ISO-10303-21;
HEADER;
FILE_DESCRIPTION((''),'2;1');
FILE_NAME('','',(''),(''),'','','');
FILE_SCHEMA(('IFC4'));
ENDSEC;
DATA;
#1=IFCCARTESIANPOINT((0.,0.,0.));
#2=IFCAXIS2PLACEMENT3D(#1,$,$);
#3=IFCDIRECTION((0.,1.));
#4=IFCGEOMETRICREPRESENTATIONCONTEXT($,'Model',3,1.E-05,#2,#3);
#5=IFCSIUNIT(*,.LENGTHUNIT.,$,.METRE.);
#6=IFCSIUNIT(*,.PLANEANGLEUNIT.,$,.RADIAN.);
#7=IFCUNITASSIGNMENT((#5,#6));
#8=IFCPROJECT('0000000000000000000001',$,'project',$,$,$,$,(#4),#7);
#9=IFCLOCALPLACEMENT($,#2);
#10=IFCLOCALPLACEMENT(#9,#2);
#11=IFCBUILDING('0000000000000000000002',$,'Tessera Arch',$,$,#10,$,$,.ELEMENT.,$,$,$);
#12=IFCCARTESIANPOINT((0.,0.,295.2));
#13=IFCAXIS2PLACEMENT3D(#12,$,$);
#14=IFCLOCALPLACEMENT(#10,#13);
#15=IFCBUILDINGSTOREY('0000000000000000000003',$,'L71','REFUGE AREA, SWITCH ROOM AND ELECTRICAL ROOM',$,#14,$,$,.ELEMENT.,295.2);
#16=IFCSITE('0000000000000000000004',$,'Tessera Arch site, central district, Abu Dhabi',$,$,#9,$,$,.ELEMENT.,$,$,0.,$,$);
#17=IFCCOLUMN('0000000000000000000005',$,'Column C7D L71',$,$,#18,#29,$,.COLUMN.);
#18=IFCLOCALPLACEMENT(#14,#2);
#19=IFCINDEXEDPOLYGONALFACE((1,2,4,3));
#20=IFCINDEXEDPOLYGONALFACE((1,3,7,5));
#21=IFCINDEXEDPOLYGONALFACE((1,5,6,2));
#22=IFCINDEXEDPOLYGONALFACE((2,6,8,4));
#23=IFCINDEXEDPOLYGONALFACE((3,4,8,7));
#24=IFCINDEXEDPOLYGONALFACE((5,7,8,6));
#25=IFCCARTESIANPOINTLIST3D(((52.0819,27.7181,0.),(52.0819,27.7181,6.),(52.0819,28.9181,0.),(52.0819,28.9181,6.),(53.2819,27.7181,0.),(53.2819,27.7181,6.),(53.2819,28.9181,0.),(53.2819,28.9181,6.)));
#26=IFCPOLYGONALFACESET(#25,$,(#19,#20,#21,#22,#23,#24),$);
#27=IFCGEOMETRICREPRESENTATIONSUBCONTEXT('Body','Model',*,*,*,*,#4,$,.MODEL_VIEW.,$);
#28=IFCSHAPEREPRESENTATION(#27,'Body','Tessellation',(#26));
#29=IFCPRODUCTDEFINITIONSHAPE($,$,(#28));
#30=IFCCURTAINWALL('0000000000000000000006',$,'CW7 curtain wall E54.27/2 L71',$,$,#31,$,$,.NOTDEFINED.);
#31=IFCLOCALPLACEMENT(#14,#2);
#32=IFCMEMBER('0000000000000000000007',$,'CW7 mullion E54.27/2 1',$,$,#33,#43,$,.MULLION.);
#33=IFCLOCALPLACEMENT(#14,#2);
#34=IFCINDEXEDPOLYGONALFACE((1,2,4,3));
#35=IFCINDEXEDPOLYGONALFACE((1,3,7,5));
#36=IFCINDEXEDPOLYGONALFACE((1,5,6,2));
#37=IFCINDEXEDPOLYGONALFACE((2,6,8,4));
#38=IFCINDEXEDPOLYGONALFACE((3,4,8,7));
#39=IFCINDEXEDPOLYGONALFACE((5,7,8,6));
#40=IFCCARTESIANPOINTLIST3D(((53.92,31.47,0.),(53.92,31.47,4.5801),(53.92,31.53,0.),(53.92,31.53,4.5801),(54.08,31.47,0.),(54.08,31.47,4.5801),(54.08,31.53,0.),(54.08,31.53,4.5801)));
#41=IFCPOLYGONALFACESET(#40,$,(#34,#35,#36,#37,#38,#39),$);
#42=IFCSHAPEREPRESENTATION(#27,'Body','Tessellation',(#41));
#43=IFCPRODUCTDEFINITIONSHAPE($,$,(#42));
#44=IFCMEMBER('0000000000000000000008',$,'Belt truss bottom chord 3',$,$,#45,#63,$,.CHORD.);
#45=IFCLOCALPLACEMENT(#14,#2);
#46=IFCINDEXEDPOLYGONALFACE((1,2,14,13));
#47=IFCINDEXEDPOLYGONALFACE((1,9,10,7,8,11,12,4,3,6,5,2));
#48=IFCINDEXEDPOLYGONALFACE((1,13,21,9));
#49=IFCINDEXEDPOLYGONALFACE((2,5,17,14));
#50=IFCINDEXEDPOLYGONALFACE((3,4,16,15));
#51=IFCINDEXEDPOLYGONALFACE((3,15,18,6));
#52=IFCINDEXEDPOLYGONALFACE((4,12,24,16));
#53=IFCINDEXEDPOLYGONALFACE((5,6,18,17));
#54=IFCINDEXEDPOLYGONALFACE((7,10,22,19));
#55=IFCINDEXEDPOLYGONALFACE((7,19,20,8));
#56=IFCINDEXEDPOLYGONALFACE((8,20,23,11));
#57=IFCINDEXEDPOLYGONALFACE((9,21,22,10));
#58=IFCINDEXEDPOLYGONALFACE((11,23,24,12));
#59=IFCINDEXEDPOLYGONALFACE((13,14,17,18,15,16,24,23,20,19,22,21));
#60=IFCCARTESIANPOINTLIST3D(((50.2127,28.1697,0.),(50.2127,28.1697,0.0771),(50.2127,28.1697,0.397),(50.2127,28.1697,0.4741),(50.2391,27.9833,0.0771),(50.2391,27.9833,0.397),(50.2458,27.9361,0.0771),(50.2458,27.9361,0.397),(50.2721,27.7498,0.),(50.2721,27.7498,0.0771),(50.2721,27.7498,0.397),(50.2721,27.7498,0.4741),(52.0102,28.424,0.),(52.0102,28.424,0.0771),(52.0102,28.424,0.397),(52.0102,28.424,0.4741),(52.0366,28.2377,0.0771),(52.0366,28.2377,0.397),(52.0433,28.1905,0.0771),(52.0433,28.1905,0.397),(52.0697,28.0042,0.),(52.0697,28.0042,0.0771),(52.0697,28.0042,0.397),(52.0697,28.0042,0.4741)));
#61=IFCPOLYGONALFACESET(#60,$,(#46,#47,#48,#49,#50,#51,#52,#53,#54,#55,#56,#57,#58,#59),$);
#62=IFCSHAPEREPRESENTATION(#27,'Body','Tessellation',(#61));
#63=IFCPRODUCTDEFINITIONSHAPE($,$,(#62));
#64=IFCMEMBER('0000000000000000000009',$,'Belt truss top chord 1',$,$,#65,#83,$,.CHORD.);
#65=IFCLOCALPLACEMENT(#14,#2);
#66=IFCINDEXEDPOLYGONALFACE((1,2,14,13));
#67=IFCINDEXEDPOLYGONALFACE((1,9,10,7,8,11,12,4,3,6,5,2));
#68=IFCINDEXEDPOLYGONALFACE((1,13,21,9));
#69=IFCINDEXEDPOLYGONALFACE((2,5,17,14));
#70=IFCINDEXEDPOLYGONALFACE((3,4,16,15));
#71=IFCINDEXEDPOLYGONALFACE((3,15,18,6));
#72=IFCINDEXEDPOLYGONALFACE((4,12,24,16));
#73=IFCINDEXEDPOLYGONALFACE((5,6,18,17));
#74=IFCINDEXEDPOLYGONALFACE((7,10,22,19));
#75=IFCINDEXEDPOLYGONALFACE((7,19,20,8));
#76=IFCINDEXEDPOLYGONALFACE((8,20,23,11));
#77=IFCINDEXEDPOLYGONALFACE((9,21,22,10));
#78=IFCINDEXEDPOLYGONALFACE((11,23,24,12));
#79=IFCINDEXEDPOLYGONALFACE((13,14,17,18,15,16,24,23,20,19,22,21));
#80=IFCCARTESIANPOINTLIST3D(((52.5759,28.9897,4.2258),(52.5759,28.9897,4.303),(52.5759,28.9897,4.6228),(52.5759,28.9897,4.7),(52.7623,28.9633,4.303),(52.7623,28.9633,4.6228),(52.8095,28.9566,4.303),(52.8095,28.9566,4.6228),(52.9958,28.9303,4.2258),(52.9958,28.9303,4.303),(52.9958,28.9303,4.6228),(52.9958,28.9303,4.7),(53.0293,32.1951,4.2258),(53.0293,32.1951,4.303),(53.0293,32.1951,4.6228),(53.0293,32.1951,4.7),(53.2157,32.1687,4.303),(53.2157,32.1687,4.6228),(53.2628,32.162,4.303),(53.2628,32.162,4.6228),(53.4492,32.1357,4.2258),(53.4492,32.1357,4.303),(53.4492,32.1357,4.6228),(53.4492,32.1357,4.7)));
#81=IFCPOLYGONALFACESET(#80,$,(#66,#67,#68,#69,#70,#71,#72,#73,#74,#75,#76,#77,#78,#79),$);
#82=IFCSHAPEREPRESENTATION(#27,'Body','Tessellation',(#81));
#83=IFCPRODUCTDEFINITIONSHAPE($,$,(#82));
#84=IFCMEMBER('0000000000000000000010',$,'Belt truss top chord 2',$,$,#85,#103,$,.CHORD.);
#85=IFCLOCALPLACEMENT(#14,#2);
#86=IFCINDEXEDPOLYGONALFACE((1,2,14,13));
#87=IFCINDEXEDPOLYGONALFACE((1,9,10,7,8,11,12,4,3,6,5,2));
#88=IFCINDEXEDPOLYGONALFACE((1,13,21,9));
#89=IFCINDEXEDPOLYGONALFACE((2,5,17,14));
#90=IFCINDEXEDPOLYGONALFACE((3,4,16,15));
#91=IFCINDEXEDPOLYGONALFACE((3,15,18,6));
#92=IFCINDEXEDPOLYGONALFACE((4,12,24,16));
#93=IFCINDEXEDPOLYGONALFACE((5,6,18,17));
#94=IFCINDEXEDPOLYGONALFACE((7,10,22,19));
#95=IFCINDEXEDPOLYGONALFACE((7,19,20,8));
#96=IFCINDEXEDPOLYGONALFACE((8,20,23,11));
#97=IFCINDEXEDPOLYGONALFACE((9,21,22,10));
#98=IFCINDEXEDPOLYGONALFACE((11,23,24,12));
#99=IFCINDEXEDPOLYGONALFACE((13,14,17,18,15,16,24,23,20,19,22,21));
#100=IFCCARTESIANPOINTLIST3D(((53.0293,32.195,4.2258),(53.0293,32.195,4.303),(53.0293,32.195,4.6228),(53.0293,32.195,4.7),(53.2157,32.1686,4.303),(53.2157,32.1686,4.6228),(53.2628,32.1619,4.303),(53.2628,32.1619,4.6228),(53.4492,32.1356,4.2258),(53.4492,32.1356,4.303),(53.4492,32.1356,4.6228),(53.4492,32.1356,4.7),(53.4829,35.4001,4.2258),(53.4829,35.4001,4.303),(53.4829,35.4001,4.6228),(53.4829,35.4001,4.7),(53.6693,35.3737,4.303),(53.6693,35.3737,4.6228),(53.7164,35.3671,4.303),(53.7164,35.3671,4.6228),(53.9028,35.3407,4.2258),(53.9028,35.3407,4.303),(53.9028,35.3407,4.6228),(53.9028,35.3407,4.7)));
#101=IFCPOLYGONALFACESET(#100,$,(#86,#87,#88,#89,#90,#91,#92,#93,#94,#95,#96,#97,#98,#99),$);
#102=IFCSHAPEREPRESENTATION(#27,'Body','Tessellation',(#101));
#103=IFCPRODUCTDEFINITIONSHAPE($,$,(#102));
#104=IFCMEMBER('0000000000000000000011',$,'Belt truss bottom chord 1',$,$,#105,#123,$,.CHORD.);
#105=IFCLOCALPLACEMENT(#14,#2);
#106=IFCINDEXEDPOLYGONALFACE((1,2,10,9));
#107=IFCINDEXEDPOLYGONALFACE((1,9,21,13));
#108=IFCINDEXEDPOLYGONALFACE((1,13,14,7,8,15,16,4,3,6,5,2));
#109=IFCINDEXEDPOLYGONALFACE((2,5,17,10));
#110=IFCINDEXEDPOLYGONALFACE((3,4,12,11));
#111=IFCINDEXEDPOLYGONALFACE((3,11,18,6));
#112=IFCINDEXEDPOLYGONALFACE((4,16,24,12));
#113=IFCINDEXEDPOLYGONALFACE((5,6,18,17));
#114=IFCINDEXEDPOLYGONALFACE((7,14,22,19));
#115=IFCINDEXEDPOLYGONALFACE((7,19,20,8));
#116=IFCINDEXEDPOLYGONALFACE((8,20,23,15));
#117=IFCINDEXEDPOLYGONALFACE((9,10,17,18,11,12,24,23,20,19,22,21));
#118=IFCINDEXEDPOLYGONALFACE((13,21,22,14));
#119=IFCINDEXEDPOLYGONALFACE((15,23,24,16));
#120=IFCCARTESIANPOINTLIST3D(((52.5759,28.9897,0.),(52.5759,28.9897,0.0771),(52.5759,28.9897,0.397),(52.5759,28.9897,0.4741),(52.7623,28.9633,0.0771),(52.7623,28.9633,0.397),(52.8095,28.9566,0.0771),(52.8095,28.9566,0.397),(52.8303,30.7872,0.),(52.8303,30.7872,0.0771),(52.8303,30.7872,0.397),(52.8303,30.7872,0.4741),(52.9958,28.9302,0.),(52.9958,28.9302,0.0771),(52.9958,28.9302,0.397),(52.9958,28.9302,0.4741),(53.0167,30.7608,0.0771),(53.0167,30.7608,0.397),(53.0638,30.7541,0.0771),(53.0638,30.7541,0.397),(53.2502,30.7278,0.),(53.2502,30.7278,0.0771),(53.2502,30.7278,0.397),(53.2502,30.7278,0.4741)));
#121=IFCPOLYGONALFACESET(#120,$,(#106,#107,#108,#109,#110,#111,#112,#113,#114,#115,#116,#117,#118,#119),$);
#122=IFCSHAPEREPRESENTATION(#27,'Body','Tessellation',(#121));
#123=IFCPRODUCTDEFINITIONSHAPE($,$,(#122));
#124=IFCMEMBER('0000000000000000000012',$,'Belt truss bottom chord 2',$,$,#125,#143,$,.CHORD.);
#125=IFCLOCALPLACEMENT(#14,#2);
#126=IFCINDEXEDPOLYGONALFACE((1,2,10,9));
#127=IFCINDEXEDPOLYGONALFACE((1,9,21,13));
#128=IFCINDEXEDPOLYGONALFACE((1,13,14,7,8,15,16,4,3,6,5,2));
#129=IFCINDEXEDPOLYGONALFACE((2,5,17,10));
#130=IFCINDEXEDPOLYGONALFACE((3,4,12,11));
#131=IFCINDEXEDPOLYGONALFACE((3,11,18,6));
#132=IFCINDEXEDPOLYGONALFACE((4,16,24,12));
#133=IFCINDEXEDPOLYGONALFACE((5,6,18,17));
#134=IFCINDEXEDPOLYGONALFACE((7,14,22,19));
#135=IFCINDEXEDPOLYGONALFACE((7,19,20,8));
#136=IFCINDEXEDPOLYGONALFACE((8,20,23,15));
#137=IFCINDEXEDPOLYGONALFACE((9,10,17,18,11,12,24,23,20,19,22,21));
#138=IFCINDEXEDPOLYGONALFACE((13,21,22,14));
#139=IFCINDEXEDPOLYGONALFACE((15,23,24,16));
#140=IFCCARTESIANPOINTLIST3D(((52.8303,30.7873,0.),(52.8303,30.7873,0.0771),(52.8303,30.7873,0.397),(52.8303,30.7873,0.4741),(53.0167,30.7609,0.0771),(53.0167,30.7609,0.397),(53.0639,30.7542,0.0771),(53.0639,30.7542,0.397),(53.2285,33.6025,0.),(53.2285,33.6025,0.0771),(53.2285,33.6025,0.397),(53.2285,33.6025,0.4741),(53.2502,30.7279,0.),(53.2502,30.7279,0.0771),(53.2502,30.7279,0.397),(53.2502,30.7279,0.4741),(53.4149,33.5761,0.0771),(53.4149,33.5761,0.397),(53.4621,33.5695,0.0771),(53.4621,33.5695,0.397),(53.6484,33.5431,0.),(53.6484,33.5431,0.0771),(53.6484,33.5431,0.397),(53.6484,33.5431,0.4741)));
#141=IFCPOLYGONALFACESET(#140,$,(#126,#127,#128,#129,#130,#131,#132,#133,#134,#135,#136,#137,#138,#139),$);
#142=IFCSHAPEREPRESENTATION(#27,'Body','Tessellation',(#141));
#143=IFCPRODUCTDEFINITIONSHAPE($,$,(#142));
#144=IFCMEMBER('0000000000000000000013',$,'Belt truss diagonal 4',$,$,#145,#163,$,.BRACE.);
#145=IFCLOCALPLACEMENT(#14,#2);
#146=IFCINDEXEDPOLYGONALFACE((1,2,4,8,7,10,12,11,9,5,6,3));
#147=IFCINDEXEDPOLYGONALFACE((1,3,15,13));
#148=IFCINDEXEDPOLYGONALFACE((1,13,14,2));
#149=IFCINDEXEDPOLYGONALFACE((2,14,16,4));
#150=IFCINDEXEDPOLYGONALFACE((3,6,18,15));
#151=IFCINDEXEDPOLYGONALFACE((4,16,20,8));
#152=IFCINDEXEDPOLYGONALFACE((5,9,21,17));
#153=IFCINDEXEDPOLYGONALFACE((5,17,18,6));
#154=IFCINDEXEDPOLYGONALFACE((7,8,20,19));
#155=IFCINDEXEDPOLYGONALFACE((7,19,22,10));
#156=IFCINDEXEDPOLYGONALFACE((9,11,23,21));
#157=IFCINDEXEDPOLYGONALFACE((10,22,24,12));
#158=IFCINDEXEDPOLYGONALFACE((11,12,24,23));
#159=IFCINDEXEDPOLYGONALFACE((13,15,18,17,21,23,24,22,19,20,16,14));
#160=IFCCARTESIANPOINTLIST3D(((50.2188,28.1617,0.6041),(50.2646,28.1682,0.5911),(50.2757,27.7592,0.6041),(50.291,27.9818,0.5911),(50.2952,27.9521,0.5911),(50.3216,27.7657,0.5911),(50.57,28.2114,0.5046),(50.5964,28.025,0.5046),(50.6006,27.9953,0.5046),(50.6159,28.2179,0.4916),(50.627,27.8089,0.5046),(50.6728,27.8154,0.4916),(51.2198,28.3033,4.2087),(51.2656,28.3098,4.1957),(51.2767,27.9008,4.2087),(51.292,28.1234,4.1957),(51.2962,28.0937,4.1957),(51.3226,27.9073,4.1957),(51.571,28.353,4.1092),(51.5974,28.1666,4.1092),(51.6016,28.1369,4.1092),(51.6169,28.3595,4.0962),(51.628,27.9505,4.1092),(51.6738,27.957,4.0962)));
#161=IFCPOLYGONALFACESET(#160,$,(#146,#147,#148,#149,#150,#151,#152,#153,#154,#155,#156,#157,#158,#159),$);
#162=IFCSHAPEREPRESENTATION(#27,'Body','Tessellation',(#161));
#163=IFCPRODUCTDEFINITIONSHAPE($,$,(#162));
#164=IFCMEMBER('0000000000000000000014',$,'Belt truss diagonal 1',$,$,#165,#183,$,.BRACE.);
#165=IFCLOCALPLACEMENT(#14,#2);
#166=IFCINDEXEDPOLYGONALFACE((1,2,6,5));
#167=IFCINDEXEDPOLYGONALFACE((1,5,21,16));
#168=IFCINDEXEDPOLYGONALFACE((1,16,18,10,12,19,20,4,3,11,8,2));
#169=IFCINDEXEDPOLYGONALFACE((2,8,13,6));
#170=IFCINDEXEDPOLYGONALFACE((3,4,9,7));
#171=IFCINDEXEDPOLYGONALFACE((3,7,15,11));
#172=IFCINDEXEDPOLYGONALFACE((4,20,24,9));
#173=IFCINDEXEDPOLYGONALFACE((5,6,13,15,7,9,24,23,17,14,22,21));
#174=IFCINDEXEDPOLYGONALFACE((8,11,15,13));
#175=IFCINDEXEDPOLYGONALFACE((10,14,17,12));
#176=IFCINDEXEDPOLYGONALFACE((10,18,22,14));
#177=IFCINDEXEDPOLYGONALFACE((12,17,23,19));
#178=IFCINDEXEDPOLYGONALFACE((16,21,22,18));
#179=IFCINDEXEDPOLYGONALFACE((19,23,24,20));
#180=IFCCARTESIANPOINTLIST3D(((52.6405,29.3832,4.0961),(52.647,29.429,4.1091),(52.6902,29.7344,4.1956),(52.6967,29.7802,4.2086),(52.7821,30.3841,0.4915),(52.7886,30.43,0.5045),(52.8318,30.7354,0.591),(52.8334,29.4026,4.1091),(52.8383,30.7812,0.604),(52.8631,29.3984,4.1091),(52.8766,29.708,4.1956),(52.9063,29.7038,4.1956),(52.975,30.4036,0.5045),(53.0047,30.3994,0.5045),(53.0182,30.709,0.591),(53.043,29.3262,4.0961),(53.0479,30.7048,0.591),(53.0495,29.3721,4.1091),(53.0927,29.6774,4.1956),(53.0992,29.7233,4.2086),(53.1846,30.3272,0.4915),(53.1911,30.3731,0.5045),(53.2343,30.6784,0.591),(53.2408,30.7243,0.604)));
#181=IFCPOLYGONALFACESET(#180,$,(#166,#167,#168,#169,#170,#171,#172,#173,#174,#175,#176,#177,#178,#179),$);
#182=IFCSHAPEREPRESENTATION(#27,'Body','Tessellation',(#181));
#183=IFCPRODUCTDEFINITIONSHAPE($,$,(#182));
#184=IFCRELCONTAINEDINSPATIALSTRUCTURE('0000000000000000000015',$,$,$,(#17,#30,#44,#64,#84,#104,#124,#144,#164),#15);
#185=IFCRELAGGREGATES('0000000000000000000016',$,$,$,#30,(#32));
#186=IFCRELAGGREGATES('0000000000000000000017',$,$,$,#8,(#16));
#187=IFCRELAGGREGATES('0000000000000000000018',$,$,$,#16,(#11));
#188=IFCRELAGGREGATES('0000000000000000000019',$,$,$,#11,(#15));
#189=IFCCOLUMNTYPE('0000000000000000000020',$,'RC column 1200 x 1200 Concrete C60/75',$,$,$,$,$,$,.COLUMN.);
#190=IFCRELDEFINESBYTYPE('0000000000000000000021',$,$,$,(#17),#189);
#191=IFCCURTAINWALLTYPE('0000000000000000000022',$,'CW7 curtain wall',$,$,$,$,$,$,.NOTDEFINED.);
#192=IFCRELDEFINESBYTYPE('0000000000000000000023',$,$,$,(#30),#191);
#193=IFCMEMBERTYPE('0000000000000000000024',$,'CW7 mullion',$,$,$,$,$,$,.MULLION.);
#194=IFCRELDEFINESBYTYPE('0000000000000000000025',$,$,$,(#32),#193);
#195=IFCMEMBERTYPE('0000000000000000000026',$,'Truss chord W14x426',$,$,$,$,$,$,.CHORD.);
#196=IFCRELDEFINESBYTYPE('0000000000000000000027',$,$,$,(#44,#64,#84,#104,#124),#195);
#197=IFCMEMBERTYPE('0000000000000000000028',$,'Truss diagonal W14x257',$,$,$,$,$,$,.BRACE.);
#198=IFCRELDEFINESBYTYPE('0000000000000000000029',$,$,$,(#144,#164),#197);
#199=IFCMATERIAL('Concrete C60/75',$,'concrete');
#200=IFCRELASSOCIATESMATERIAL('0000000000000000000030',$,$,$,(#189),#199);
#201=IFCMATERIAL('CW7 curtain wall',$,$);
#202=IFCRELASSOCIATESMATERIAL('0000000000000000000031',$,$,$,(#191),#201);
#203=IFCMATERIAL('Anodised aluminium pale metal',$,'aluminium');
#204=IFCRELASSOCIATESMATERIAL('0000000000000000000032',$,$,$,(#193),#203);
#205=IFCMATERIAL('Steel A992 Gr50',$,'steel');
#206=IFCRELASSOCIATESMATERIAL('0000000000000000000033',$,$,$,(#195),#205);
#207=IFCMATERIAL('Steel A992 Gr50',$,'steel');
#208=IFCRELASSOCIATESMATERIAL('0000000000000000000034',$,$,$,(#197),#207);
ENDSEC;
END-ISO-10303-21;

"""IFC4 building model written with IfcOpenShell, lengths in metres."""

from ifc_helpers import new_model, si_unit, direction, frame, origin, origin_2d, place, context, subcontext, project, spatial, rectangle, i_section, extrude, material, material_profile, profile_set, type_object, element, aggregate, save


model = new_model("IFC4")

# Units and contexts
model_context = context("Model", 3, precision=1e-05, world=origin(), true_north=direction((0.0, 1.0)))
body_context = subcontext(model_context, "Body", "Model", "MODEL_VIEW")
ifc_project = project(units=[si_unit("LENGTHUNIT", "METRE"), si_unit("PLANEANGLEUNIT", "RADIAN")], contexts=[model_context])

# Site, building, storey
site_placement = place(None, origin())
site = spatial("IfcSite", under=ifc_project, at=site_placement, Name="Tessera Arch site, central district, Abu Dhabi", CompositionType="ELEMENT", RefElevation=0.0)
building_placement = place(site_placement, origin())
building = spatial("IfcBuilding", under=site, at=building_placement, Name="Tessera Arch", CompositionType="ELEMENT")
storey_placement = place(building_placement, frame((0.0, 0.0, 295.2)))
storey = spatial("IfcBuildingStorey", under=building, at=storey_placement, Name="L71", Description="REFUGE AREA, SWITCH ROOM AND ELECTRICAL ROOM", CompositionType="ELEMENT", Elevation=295.2)

# Column
ifc_material_1 = material(Name="Concrete C60/75", Category="concrete")
ifc_material_profile_1 = material_profile(ifc_material_1, rectangle(XDim=1.2, YDim=1.2, at=origin_2d()), Name="RC column 1200 x 1200 Concrete C60/75")
ifc_profile_set_1 = profile_set([ifc_material_profile_1], Name="Concrete C60/75")
column_type = type_object("IfcColumnType", Name="RC column 1200 x 1200 Concrete C60/75", PredefinedType="COLUMN", material=ifc_profile_set_1)
column_placement = place(storey_placement, frame((52.6819, 28.3181, 0.0), z_axis=(0.0, 0.0, 1.0), x_axis=(1.0, 0.0, 0.0)))
element("IfcColumn", 1, at=column_placement, inside=storey, type_object=column_type, Name="Column C7D L71", PredefinedType="COLUMN", context=body_context, shape_type="SweptSolid", body=[
    extrude(rectangle(XDim=1.2, YDim=1.2, at=origin_2d()), origin(), (0.0, 0.0, 1.0), 6.0),
])

# Curtain wall, member
ifc_material_2 = material(Name="CW7 curtain wall")
curtain_wall_type = type_object("IfcCurtainWallType", Name="CW7 curtain wall", PredefinedType="NOTDEFINED", material=ifc_material_2)
curtain_wall_placement = place(storey_placement, origin())
curtain_wall = element("IfcCurtainWall", 2, at=curtain_wall_placement, inside=storey, type_object=curtain_wall_type, Name="CW7 curtain wall E54.27/2 L71", PredefinedType="NOTDEFINED")
ifc_material_3 = material(Name="Anodised aluminium pale metal", Category="aluminium")
ifc_material_profile_2 = material_profile(ifc_material_3, rectangle(XDim=0.1599, YDim=0.0601, at=origin_2d()), Name="AL 60x160")
ifc_profile_set_2 = profile_set([ifc_material_profile_2], Name="Anodised aluminium pale metal")
member_type_1 = type_object("IfcMemberType", Name="CW7 mullion", PredefinedType="MULLION", material=ifc_profile_set_2)
member_1_placement = place(storey_placement, frame((54.0, 31.5, 0.0), z_axis=(0.0, 0.0, 1.0), x_axis=(-1.0, 0.0, 0.0)))
member_1 = element("IfcMember", 3, at=member_1_placement, type_object=member_type_1, Name="CW7 mullion E54.27/2 1", PredefinedType="MULLION", context=body_context, shape_type="SweptSolid", body=[
    extrude(rectangle(XDim=0.1599, YDim=0.0601, at=origin_2d()), origin(), (0.0, 0.0, 1.0), 4.5801),
])
aggregate(curtain_wall, [member_1])

# Members
ifc_material_4 = material(Name="Steel A992 Gr50", Category="steel")
ifc_material_profile_3 = material_profile(ifc_material_4, i_section(OverallWidth=0.4241, OverallDepth=0.4741, WebThickness=0.0476, FlangeThickness=0.0771, at=origin_2d()), Name="W14x426")
ifc_profile_set_3 = profile_set([ifc_material_profile_3], Name="Steel A992 Gr50")
member_type_2 = type_object("IfcMemberType", Name="Truss chord W14x426", PredefinedType="CHORD", material=ifc_profile_set_3)
member_2_placement = place(storey_placement, frame((50.2424, 27.9597, 0.2371), z_axis=(0.990134, 0.140122, 0.0), x_axis=(-0.140122, 0.990134, 0.0)))
element("IfcMember", 4, at=member_2_placement, inside=storey, type_object=member_type_2, Name="Belt truss bottom chord 3", PredefinedType="CHORD", context=body_context, shape_type="SweptSolid", body=[
    extrude(i_section(OverallWidth=0.4241, OverallDepth=0.4741, WebThickness=0.0476, FlangeThickness=0.0771, at=origin_2d()), origin(), (0.0, 0.0, 1.0), 1.8154),
])
member_3_placement = place(storey_placement, frame((52.7859, 28.96, 4.4629), z_axis=(0.140049, 0.990145, 0.0), x_axis=(-0.990145, 0.140049, 0.0)))
element("IfcMember", 5, at=member_3_placement, inside=storey, type_object=member_type_2, Name="Belt truss top chord 1", PredefinedType="CHORD", context=body_context, shape_type="SweptSolid", body=[
    extrude(i_section(OverallWidth=0.4241, OverallDepth=0.4741, WebThickness=0.0476, FlangeThickness=0.0771, at=origin_2d()), origin(), (0.0, 0.0, 1.0), 3.2373),
])
member_4_placement = place(storey_placement, frame((53.2393, 32.1653, 4.4629), z_axis=(0.140133, 0.990133, 0.0), x_axis=(-0.990133, 0.140133, 0.0)))
element("IfcMember", 6, at=member_4_placement, inside=storey, type_object=member_type_2, Name="Belt truss top chord 2", PredefinedType="CHORD", context=body_context, shape_type="SweptSolid", body=[
    extrude(i_section(OverallWidth=0.4241, OverallDepth=0.4741, WebThickness=0.0476, FlangeThickness=0.0771, at=origin_2d()), origin(), (0.0, 0.0, 1.0), 3.2371),
])
member_5_placement = place(storey_placement, frame((52.7859, 28.96, 0.2371), z_axis=(0.140122, 0.990134, 0.0), x_axis=(-0.990134, 0.140122, 0.0)))
element("IfcMember", 7, at=member_5_placement, inside=storey, type_object=member_type_2, Name="Belt truss bottom chord 1", PredefinedType="CHORD", context=body_context, shape_type="SweptSolid", body=[
    extrude(i_section(OverallWidth=0.4241, OverallDepth=0.4741, WebThickness=0.0476, FlangeThickness=0.0771, at=origin_2d()), origin(), (0.0, 0.0, 1.0), 1.8154),
])
member_6_placement = place(storey_placement, frame((53.0403, 30.7576, 0.2371), z_axis=(0.140051, 0.990144, 0.0), x_axis=(-0.990144, 0.140051, 0.0)))
element("IfcMember", 8, at=member_6_placement, inside=storey, type_object=member_type_2, Name="Belt truss bottom chord 2", PredefinedType="CHORD", context=body_context, shape_type="SweptSolid", body=[
    extrude(i_section(OverallWidth=0.4241, OverallDepth=0.4741, WebThickness=0.0476, FlangeThickness=0.0771, at=origin_2d()), origin(), (0.0, 0.0, 1.0), 2.8433),
])
ifc_material_5 = material(Name="Steel A992 Gr50", Category="steel")
ifc_material_profile_4 = material_profile(ifc_material_5, i_section(OverallWidth=0.4065, OverallDepth=0.4165, WebThickness=0.03, FlangeThickness=0.0481, at=origin_2d()), Name="W14x257")
ifc_profile_set_4 = profile_set([ifc_material_profile_4], Name="Steel A992 Gr50")
member_type_3 = type_object("IfcMemberType", Name="Truss diagonal W14x257", PredefinedType="BRACE", material=ifc_profile_set_4)
for number, where, z_axis, x_axis, name in (
    (9, (50.4458, 27.9885, 0.5479), (0.267385, 0.037825, 0.962847), (-0.140069, 0.990142, 0.0), "Belt truss diagonal 4"),
    (10, (52.8699, 29.5532, 4.1523), (0.037825, 0.267385, -0.962847), (-0.990142, 0.140069, 0.0), "Belt truss diagonal 1"),
):
    element("IfcMember", number, at=place(storey_placement, frame(where, z_axis=z_axis, x_axis=x_axis)), inside=storey, type_object=member_type_3, Name=name, PredefinedType="BRACE", context=body_context, shape_type="SweptSolid", body=[
        extrude(i_section(OverallWidth=0.4065, OverallDepth=0.4165, WebThickness=0.03, FlangeThickness=0.0481, at=origin_2d()), origin(), (0.0, 0.0, 1.0), 3.7437),
    ])

save(model, "model.ifc")
